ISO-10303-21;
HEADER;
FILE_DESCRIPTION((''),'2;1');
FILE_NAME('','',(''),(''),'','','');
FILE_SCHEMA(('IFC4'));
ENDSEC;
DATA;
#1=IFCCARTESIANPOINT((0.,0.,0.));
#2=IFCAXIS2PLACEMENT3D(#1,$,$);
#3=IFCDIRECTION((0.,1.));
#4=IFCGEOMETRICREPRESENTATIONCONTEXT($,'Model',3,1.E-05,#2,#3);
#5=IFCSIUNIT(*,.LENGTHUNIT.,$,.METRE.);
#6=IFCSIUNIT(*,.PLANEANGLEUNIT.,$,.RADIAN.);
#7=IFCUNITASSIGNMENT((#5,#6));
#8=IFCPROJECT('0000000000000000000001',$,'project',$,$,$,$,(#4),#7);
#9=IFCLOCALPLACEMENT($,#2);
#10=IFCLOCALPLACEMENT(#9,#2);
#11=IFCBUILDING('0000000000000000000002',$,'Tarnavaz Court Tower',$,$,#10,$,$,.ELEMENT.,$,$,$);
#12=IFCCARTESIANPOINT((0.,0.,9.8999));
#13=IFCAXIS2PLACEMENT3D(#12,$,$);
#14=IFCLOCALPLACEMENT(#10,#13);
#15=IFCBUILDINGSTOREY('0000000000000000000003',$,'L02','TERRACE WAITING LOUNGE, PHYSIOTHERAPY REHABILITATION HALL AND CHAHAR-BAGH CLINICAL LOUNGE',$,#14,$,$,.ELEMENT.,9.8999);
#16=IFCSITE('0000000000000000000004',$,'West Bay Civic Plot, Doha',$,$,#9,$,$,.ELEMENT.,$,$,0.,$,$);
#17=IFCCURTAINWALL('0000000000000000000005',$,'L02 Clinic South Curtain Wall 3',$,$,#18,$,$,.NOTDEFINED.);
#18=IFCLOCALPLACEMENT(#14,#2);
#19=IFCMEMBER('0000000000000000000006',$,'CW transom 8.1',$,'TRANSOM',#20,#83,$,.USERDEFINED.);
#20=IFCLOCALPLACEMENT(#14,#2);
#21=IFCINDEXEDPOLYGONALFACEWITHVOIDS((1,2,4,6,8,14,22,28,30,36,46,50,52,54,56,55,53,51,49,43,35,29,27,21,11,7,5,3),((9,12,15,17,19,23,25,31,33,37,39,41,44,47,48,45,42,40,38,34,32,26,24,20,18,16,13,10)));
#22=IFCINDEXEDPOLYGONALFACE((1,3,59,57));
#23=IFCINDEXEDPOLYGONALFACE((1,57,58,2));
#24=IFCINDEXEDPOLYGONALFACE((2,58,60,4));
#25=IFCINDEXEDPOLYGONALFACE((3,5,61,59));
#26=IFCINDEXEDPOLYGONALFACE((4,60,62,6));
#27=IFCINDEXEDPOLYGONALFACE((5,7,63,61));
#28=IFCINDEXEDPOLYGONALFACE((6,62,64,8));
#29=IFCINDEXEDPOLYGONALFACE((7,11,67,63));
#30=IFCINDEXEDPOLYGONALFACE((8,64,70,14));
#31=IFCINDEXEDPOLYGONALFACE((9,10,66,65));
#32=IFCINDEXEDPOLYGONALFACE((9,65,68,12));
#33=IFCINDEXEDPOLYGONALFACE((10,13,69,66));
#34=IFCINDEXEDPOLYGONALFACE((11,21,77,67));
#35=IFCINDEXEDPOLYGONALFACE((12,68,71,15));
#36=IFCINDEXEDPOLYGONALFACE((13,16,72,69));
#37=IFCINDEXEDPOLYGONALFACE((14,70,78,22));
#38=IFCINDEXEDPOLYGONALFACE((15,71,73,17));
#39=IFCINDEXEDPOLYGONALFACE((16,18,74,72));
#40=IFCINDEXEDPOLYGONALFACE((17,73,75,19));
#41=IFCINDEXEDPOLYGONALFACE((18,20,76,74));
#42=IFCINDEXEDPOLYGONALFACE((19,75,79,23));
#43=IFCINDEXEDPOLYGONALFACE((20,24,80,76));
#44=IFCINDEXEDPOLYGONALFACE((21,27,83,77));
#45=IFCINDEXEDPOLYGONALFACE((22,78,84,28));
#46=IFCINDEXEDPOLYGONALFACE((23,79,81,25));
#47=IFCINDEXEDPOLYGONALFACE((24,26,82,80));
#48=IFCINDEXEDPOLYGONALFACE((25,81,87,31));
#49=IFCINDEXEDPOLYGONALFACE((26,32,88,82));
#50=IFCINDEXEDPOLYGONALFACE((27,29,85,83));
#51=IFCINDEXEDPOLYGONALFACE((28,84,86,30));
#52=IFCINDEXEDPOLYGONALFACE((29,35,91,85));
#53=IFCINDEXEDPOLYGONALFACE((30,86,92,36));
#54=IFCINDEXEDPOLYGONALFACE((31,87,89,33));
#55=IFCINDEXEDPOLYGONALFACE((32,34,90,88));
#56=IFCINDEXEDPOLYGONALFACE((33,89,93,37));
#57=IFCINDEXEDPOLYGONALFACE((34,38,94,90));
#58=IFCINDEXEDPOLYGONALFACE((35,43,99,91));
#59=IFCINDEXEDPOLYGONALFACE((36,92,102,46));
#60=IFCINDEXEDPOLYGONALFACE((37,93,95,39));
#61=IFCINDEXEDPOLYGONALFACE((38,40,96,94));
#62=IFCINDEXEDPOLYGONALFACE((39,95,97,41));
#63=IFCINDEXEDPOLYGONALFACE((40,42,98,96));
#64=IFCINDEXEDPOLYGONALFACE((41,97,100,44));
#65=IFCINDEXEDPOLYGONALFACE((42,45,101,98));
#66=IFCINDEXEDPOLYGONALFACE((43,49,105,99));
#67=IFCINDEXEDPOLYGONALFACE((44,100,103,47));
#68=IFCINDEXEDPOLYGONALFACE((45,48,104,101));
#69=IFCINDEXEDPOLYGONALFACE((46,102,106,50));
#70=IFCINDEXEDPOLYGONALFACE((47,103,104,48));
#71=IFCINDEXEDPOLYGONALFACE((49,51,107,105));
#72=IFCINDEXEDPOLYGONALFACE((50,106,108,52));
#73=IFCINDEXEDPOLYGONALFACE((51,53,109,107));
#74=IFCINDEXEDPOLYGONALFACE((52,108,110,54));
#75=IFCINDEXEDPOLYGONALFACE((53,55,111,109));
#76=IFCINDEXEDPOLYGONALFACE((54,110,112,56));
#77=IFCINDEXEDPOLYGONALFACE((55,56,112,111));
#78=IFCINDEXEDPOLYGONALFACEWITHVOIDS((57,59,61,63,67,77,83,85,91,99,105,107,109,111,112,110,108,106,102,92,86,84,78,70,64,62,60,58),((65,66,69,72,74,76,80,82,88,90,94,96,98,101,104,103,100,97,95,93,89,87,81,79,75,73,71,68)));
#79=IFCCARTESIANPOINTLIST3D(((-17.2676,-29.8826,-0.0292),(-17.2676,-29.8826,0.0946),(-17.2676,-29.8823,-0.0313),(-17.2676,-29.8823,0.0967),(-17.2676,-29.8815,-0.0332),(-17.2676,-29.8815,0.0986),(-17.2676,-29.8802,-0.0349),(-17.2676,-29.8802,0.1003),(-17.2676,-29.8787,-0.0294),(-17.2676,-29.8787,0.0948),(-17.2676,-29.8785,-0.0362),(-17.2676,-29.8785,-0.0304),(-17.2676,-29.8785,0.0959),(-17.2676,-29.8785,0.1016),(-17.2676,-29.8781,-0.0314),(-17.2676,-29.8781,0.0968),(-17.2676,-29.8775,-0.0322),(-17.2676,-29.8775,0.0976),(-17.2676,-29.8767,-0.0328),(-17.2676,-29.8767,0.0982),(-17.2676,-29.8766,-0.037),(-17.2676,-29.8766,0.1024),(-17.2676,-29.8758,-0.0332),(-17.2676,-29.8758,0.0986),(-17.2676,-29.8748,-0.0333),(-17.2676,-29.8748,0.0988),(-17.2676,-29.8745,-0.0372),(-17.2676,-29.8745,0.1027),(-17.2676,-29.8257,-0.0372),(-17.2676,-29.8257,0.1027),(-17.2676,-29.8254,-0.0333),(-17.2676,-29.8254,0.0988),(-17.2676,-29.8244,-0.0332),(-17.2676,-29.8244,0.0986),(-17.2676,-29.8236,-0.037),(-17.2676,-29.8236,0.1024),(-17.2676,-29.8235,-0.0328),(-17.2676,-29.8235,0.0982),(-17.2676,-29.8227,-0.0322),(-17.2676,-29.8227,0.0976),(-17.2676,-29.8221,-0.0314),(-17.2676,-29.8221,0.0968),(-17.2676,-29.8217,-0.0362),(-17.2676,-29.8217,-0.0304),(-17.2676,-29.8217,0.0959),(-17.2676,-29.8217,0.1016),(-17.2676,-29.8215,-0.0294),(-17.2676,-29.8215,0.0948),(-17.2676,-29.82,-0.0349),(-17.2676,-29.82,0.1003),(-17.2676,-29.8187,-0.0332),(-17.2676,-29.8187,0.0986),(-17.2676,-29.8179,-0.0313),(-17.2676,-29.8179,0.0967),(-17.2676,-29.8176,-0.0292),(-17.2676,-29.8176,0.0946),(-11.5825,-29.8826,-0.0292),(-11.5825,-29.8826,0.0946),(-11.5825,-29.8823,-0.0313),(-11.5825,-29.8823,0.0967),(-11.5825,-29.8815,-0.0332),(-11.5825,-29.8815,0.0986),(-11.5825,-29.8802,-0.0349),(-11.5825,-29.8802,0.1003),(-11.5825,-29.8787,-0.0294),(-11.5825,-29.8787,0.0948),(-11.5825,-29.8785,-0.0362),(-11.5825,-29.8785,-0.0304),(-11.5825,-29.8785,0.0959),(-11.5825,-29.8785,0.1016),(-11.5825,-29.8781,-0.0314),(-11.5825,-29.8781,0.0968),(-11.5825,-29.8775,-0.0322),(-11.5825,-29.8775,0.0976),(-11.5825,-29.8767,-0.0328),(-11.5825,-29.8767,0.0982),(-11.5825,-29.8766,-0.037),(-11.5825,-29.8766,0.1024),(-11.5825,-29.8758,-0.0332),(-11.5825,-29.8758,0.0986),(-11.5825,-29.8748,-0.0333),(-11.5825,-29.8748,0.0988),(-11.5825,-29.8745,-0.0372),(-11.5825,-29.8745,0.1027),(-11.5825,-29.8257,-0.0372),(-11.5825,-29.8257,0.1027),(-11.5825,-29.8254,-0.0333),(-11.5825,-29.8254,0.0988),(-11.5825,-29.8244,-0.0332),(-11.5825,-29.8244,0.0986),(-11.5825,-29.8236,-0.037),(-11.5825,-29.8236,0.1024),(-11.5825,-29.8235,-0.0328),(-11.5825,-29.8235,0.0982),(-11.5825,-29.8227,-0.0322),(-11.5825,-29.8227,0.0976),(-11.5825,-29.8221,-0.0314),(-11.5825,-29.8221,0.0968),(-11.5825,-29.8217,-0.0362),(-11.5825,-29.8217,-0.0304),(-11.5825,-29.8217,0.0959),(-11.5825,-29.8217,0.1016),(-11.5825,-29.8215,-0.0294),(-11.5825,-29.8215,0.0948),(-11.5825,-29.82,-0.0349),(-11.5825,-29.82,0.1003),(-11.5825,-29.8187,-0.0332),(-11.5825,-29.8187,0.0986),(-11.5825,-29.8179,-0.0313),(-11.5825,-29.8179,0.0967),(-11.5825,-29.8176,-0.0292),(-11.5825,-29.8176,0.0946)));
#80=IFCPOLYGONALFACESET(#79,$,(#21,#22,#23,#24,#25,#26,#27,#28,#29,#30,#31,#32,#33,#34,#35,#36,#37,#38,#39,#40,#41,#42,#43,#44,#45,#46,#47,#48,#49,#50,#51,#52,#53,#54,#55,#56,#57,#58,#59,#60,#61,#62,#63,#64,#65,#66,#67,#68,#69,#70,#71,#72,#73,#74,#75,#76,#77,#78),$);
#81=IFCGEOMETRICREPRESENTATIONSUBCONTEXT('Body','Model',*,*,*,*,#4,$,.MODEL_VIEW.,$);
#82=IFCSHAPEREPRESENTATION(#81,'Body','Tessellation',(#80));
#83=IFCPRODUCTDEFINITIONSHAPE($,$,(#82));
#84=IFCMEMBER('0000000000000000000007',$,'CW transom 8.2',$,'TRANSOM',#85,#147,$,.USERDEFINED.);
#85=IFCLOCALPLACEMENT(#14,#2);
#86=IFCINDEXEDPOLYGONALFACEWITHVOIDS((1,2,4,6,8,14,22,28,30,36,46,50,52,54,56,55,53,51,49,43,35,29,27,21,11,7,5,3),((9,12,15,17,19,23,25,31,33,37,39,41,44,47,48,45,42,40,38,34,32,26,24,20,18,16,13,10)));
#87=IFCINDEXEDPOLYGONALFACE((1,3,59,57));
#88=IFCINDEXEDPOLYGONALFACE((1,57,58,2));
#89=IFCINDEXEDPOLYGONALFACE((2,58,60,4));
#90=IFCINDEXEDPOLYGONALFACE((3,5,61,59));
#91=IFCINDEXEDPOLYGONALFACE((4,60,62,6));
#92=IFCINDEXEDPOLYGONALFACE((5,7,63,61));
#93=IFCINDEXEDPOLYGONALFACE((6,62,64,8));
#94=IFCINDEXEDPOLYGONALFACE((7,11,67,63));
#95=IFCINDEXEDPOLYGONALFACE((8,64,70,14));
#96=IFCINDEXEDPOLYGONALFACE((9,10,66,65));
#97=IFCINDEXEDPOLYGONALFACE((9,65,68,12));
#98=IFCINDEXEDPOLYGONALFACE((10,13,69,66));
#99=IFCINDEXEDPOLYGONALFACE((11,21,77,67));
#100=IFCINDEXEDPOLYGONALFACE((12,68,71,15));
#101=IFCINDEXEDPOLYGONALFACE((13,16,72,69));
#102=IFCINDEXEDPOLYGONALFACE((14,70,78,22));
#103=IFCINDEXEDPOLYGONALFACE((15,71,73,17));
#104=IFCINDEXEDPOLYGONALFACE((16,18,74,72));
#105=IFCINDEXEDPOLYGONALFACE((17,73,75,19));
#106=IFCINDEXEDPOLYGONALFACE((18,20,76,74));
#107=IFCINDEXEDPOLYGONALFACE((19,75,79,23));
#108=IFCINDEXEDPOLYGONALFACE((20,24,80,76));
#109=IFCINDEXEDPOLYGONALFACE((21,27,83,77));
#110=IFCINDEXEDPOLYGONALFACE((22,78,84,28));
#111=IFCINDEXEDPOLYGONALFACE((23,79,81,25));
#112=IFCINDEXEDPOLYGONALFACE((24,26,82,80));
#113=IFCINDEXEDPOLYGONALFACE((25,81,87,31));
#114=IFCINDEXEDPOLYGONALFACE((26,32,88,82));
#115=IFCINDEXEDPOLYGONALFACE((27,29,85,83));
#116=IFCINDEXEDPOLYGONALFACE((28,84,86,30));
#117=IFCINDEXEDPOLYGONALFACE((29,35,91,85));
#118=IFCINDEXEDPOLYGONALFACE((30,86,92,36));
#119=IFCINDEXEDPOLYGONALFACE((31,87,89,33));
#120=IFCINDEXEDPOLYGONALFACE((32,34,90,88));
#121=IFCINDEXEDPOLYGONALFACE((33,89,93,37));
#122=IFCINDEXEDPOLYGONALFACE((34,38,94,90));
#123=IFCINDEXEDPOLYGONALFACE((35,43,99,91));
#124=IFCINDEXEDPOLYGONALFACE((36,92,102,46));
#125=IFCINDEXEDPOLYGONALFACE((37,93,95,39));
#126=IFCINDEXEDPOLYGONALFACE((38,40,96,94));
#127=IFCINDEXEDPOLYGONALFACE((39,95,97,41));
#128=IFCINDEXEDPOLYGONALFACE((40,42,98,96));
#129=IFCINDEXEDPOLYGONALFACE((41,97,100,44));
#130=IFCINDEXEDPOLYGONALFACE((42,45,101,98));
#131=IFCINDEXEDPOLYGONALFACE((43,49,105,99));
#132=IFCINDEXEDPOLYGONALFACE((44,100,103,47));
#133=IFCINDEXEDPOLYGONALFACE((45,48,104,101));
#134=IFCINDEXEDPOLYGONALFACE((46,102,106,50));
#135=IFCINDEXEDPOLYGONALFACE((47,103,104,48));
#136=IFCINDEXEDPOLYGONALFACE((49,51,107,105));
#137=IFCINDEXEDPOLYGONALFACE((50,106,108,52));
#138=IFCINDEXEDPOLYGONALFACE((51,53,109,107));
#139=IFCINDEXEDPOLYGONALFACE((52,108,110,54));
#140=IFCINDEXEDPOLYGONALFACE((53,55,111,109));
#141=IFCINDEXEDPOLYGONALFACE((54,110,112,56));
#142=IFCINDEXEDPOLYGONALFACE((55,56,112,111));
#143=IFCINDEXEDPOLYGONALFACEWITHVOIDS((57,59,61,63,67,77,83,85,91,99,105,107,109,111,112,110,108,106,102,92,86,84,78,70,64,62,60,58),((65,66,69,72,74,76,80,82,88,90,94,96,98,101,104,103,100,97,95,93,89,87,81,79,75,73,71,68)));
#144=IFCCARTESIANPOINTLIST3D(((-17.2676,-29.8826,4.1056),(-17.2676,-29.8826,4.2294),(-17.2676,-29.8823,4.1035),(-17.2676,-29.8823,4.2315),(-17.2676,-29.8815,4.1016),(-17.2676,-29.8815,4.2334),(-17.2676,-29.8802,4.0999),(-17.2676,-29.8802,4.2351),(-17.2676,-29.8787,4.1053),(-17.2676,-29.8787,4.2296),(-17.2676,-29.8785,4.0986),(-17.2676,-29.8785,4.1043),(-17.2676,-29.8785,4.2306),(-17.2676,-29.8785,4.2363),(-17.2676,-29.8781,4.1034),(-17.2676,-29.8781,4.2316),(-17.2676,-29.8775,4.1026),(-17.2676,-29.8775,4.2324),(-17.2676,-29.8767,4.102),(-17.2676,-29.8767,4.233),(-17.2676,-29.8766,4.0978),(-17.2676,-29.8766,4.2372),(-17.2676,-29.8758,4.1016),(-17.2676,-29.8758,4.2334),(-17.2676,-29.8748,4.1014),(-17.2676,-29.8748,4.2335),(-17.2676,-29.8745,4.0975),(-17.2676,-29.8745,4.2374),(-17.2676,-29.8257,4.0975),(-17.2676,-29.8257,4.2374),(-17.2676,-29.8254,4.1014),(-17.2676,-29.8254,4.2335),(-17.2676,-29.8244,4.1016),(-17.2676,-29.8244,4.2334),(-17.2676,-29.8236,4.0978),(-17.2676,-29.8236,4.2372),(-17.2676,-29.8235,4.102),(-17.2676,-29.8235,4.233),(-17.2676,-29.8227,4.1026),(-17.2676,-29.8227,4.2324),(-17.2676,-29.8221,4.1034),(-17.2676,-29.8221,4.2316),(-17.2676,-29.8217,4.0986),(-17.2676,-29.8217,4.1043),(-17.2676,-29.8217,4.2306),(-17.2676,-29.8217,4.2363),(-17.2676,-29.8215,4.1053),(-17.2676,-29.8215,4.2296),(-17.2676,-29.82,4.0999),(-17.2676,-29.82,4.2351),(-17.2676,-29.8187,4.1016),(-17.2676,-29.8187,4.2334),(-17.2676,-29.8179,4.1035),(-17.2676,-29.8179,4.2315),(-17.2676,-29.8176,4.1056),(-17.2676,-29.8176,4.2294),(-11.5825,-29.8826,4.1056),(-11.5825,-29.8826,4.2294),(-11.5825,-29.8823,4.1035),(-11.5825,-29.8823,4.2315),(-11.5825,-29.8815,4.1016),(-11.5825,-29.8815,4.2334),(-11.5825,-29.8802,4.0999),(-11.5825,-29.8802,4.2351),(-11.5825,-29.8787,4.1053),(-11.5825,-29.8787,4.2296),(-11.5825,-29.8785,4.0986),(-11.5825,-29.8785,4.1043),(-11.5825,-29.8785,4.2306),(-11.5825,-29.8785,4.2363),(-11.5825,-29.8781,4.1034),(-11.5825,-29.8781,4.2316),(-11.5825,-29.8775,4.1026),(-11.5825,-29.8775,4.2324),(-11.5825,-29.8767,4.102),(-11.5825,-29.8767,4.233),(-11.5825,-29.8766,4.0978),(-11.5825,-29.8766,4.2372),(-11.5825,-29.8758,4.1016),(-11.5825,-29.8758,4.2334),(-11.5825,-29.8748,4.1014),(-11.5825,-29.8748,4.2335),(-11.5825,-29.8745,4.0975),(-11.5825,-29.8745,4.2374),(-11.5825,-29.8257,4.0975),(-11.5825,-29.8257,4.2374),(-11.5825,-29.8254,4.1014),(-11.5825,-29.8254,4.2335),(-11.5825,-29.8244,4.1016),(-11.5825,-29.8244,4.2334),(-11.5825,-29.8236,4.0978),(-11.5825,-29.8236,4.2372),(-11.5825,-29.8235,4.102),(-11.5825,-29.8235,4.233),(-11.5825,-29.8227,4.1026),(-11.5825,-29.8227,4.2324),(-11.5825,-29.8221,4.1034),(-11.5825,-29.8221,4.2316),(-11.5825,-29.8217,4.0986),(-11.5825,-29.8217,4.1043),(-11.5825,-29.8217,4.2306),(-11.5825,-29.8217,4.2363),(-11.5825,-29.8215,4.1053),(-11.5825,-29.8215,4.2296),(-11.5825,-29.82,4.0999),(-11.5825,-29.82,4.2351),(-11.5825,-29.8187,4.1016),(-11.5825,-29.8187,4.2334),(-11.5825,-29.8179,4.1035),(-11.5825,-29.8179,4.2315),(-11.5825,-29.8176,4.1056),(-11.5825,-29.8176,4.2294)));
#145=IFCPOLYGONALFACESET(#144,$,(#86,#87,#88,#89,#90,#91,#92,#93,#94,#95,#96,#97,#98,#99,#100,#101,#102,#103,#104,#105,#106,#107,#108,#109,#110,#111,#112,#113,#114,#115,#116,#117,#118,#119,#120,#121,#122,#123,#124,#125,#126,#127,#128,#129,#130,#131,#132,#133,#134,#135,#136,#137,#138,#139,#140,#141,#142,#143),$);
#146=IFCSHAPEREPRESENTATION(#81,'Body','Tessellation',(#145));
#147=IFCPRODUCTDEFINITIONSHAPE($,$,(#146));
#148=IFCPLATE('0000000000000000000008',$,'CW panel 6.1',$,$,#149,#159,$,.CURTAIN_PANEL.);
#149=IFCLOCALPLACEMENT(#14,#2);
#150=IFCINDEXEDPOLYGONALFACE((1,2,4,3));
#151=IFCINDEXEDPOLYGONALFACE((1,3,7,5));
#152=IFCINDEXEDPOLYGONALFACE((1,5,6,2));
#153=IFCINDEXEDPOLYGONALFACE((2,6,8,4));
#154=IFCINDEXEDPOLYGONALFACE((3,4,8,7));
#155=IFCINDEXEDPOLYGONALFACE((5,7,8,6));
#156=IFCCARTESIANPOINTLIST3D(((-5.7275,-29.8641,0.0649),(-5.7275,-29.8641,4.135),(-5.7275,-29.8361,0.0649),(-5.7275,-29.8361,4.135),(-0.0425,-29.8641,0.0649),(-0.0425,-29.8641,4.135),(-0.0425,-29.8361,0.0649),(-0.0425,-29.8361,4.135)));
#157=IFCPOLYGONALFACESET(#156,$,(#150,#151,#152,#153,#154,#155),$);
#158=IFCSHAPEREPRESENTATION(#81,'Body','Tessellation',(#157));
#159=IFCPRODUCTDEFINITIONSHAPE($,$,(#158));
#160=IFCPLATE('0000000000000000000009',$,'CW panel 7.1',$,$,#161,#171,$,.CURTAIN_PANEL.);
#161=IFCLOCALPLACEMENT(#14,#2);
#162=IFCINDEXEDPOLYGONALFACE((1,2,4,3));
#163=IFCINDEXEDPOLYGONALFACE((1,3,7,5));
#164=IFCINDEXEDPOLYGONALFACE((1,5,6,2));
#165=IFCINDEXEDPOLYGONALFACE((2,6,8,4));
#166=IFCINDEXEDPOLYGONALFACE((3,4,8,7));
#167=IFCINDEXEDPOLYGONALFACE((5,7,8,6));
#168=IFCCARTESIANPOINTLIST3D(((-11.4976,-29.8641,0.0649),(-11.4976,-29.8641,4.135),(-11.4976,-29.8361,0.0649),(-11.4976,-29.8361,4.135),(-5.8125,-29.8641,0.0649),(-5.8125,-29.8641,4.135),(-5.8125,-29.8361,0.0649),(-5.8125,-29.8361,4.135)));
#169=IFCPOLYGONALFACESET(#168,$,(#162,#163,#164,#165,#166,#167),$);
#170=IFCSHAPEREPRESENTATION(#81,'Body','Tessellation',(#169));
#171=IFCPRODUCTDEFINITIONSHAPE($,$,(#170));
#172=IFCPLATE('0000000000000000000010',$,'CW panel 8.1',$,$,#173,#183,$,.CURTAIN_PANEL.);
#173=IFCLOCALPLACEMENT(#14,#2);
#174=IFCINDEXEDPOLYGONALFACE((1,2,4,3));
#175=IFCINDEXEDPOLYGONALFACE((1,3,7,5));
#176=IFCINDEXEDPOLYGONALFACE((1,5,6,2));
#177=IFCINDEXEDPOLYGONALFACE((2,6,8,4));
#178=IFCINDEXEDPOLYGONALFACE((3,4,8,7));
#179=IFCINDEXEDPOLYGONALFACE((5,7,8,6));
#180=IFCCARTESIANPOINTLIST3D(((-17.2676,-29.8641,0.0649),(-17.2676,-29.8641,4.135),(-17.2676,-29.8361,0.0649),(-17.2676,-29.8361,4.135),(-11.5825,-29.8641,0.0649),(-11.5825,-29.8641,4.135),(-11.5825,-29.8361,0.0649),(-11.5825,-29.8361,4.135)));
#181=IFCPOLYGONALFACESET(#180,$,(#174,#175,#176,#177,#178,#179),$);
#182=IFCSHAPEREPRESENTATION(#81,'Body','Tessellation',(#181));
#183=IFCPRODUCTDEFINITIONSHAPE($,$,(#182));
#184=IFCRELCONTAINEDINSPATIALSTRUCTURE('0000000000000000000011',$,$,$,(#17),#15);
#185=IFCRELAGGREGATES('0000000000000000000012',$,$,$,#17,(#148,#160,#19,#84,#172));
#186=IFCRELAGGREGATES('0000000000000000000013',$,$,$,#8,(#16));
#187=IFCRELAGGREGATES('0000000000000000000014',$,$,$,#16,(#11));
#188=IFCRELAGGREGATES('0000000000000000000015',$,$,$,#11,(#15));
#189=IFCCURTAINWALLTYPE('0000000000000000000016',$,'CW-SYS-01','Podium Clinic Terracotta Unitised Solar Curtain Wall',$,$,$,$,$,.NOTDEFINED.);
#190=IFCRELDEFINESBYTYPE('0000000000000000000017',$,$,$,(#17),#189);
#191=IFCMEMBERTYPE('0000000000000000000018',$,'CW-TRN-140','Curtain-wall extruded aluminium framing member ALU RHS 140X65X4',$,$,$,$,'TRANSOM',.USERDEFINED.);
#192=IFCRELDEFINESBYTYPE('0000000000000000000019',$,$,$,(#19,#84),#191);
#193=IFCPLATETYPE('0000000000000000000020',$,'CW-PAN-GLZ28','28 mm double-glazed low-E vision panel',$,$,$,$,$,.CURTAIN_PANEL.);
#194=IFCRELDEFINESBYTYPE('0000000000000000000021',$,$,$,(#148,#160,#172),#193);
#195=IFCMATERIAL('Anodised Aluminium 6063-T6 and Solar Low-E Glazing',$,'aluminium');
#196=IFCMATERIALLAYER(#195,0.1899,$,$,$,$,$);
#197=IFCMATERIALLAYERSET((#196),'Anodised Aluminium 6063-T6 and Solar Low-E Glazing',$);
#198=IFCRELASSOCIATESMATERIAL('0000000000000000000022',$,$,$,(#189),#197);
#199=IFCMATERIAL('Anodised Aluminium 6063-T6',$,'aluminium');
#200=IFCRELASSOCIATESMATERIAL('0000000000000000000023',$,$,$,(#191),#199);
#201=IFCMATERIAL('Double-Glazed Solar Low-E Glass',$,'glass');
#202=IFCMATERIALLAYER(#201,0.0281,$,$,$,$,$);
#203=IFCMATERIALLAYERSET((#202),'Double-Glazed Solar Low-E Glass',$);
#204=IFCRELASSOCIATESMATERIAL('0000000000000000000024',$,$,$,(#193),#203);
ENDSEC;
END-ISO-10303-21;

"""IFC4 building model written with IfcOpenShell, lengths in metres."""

from ifc_helpers import new_model, si_unit, direction, frame, origin, origin_2d, place, context, subcontext, project, spatial, rectangle, hollow_rectangle, extrude, material, layer, layer_set, material_profile, profile_set, type_object, element, aggregate, save


model = new_model("IFC4")

# Units and contexts
model_context = context("Model", 3, precision=1e-05, world=origin(), true_north=direction((0.0, 1.0)))
body_context = subcontext(model_context, "Body", "Model", "MODEL_VIEW")
ifc_project = project(units=[si_unit("LENGTHUNIT", "METRE"), si_unit("PLANEANGLEUNIT", "RADIAN")], contexts=[model_context])

# Site, building, storey
site_placement = place(None, origin())
site = spatial("IfcSite", under=ifc_project, at=site_placement, Name="West Bay Civic Plot, Doha", CompositionType="ELEMENT", RefElevation=0.0)
building_placement = place(site_placement, origin())
building = spatial("IfcBuilding", under=site, at=building_placement, Name="Tarnavaz Court Tower", CompositionType="ELEMENT")
storey_placement = place(building_placement, frame((0.0, 0.0, 9.8999)))
storey = spatial("IfcBuildingStorey", under=building, at=storey_placement, Name="L02", Description="TERRACE WAITING LOUNGE, PHYSIOTHERAPY REHABILITATION HALL AND CHAHAR-BAGH CLINICAL LOUNGE", CompositionType="ELEMENT", Elevation=9.8999)

# Curtain wall, members, plates
ifc_material_1 = material(Name="Anodised Aluminium 6063-T6 and Solar Low-E Glazing", Category="aluminium")
ifc_layer_1 = layer(ifc_material_1, 0.1899)
ifc_layer_set_1 = layer_set([ifc_layer_1], Name="Anodised Aluminium 6063-T6 and Solar Low-E Glazing")
curtain_wall_type = type_object("IfcCurtainWallType", Name="CW-SYS-01", Description="Podium Clinic Terracotta Unitised Solar Curtain Wall", PredefinedType="NOTDEFINED", material=ifc_layer_set_1)
curtain_wall_placement = place(storey_placement, origin())
curtain_wall = element("IfcCurtainWall", 1, at=curtain_wall_placement, inside=storey, type_object=curtain_wall_type, Name="L02 Clinic South Curtain Wall 3", PredefinedType="NOTDEFINED")
ifc_material_2 = material(Name="Anodised Aluminium 6063-T6", Category="aluminium")
ifc_material_profile_1 = material_profile(ifc_material_2, hollow_rectangle(XDim=0.0649, YDim=0.1399, WallThickness=0.0039, InnerFilletRadius=0.0039, OuterFilletRadius=0.0081, at=origin_2d()), Name="ALU RHS 140X65X4")
ifc_profile_set_1 = profile_set([ifc_material_profile_1], Name="Anodised Aluminium 6063-T6")
member_type_1 = type_object("IfcMemberType", Name="CW-TRN-140", Description="Curtain-wall extruded aluminium framing member ALU RHS 140X65X4", ElementType="TRANSOM", PredefinedType="USERDEFINED", material=ifc_profile_set_1)
member_1_placement = place(storey_placement, frame((-11.5825, -29.8501, 0.0327), z_axis=(-1.0, 0.0, 0.0), x_axis=(0.0, -1.0, 0.0)))
member_1 = element("IfcMember", 2, at=member_1_placement, type_object=member_type_1, Name="CW transom 8.1", ObjectType="TRANSOM", PredefinedType="USERDEFINED", context=body_context, shape_type="SweptSolid", body=[
    extrude(hollow_rectangle(XDim=0.0649, YDim=0.1399, WallThickness=0.0039, InnerFilletRadius=0.0039, OuterFilletRadius=0.0081, at=origin_2d()), origin(), (0.0, 0.0, 1.0), 5.6851),
])
member_2_placement = place(storey_placement, frame((-11.5825, -29.8501, 4.1675), z_axis=(-1.0, 0.0, 0.0), x_axis=(0.0, -1.0, 0.0)))
member_2 = element("IfcMember", 3, at=member_2_placement, type_object=member_type_1, Name="CW transom 8.2", ObjectType="TRANSOM", PredefinedType="USERDEFINED", context=body_context, shape_type="SweptSolid", body=[
    extrude(hollow_rectangle(XDim=0.0649, YDim=0.1399, WallThickness=0.0039, InnerFilletRadius=0.0039, OuterFilletRadius=0.0081, at=origin_2d()), origin(), (0.0, 0.0, 1.0), 5.6851),
])
ifc_material_3 = material(Name="Double-Glazed Solar Low-E Glass", Category="glass")
ifc_layer_2 = layer(ifc_material_3, 0.0281)
ifc_layer_set_2 = layer_set([ifc_layer_2], Name="Double-Glazed Solar Low-E Glass")
plate_type = type_object("IfcPlateType", Name="CW-PAN-GLZ28", Description="28 mm double-glazed low-E vision panel", PredefinedType="CURTAIN_PANEL", material=ifc_layer_set_2)
plate_1_placement = place(storey_placement, frame((-2.885, -29.8501, 0.0649), z_axis=(0.0, 0.0, 1.0), x_axis=(-1.0, 0.0, 0.0)))
plate_1 = element("IfcPlate", 4, at=plate_1_placement, type_object=plate_type, Name="CW panel 6.1", PredefinedType="CURTAIN_PANEL", context=body_context, shape_type="SweptSolid", body=[
    extrude(rectangle(XDim=5.6851, YDim=0.0281, at=origin_2d()), origin(), (0.0, 0.0, 1.0), 4.0701),
])
plate_2_placement = place(storey_placement, frame((-8.655, -29.8501, 0.0649), z_axis=(0.0, 0.0, 1.0), x_axis=(-1.0, 0.0, 0.0)))
plate_2 = element("IfcPlate", 5, at=plate_2_placement, type_object=plate_type, Name="CW panel 7.1", PredefinedType="CURTAIN_PANEL", context=body_context, shape_type="SweptSolid", body=[
    extrude(rectangle(XDim=5.6851, YDim=0.0281, at=origin_2d()), origin(), (0.0, 0.0, 1.0), 4.0701),
])
plate_3_placement = place(storey_placement, frame((-14.425, -29.8501, 0.0649), z_axis=(0.0, 0.0, 1.0), x_axis=(-1.0, 0.0, 0.0)))
plate_3 = element("IfcPlate", 6, at=plate_3_placement, type_object=plate_type, Name="CW panel 8.1", PredefinedType="CURTAIN_PANEL", context=body_context, shape_type="SweptSolid", body=[
    extrude(rectangle(XDim=5.6851, YDim=0.0281, at=origin_2d()), origin(), (0.0, 0.0, 1.0), 4.0701),
])
aggregate(curtain_wall, [plate_1, plate_2, member_1, member_2, plate_3])

save(model, "model.ifc")
